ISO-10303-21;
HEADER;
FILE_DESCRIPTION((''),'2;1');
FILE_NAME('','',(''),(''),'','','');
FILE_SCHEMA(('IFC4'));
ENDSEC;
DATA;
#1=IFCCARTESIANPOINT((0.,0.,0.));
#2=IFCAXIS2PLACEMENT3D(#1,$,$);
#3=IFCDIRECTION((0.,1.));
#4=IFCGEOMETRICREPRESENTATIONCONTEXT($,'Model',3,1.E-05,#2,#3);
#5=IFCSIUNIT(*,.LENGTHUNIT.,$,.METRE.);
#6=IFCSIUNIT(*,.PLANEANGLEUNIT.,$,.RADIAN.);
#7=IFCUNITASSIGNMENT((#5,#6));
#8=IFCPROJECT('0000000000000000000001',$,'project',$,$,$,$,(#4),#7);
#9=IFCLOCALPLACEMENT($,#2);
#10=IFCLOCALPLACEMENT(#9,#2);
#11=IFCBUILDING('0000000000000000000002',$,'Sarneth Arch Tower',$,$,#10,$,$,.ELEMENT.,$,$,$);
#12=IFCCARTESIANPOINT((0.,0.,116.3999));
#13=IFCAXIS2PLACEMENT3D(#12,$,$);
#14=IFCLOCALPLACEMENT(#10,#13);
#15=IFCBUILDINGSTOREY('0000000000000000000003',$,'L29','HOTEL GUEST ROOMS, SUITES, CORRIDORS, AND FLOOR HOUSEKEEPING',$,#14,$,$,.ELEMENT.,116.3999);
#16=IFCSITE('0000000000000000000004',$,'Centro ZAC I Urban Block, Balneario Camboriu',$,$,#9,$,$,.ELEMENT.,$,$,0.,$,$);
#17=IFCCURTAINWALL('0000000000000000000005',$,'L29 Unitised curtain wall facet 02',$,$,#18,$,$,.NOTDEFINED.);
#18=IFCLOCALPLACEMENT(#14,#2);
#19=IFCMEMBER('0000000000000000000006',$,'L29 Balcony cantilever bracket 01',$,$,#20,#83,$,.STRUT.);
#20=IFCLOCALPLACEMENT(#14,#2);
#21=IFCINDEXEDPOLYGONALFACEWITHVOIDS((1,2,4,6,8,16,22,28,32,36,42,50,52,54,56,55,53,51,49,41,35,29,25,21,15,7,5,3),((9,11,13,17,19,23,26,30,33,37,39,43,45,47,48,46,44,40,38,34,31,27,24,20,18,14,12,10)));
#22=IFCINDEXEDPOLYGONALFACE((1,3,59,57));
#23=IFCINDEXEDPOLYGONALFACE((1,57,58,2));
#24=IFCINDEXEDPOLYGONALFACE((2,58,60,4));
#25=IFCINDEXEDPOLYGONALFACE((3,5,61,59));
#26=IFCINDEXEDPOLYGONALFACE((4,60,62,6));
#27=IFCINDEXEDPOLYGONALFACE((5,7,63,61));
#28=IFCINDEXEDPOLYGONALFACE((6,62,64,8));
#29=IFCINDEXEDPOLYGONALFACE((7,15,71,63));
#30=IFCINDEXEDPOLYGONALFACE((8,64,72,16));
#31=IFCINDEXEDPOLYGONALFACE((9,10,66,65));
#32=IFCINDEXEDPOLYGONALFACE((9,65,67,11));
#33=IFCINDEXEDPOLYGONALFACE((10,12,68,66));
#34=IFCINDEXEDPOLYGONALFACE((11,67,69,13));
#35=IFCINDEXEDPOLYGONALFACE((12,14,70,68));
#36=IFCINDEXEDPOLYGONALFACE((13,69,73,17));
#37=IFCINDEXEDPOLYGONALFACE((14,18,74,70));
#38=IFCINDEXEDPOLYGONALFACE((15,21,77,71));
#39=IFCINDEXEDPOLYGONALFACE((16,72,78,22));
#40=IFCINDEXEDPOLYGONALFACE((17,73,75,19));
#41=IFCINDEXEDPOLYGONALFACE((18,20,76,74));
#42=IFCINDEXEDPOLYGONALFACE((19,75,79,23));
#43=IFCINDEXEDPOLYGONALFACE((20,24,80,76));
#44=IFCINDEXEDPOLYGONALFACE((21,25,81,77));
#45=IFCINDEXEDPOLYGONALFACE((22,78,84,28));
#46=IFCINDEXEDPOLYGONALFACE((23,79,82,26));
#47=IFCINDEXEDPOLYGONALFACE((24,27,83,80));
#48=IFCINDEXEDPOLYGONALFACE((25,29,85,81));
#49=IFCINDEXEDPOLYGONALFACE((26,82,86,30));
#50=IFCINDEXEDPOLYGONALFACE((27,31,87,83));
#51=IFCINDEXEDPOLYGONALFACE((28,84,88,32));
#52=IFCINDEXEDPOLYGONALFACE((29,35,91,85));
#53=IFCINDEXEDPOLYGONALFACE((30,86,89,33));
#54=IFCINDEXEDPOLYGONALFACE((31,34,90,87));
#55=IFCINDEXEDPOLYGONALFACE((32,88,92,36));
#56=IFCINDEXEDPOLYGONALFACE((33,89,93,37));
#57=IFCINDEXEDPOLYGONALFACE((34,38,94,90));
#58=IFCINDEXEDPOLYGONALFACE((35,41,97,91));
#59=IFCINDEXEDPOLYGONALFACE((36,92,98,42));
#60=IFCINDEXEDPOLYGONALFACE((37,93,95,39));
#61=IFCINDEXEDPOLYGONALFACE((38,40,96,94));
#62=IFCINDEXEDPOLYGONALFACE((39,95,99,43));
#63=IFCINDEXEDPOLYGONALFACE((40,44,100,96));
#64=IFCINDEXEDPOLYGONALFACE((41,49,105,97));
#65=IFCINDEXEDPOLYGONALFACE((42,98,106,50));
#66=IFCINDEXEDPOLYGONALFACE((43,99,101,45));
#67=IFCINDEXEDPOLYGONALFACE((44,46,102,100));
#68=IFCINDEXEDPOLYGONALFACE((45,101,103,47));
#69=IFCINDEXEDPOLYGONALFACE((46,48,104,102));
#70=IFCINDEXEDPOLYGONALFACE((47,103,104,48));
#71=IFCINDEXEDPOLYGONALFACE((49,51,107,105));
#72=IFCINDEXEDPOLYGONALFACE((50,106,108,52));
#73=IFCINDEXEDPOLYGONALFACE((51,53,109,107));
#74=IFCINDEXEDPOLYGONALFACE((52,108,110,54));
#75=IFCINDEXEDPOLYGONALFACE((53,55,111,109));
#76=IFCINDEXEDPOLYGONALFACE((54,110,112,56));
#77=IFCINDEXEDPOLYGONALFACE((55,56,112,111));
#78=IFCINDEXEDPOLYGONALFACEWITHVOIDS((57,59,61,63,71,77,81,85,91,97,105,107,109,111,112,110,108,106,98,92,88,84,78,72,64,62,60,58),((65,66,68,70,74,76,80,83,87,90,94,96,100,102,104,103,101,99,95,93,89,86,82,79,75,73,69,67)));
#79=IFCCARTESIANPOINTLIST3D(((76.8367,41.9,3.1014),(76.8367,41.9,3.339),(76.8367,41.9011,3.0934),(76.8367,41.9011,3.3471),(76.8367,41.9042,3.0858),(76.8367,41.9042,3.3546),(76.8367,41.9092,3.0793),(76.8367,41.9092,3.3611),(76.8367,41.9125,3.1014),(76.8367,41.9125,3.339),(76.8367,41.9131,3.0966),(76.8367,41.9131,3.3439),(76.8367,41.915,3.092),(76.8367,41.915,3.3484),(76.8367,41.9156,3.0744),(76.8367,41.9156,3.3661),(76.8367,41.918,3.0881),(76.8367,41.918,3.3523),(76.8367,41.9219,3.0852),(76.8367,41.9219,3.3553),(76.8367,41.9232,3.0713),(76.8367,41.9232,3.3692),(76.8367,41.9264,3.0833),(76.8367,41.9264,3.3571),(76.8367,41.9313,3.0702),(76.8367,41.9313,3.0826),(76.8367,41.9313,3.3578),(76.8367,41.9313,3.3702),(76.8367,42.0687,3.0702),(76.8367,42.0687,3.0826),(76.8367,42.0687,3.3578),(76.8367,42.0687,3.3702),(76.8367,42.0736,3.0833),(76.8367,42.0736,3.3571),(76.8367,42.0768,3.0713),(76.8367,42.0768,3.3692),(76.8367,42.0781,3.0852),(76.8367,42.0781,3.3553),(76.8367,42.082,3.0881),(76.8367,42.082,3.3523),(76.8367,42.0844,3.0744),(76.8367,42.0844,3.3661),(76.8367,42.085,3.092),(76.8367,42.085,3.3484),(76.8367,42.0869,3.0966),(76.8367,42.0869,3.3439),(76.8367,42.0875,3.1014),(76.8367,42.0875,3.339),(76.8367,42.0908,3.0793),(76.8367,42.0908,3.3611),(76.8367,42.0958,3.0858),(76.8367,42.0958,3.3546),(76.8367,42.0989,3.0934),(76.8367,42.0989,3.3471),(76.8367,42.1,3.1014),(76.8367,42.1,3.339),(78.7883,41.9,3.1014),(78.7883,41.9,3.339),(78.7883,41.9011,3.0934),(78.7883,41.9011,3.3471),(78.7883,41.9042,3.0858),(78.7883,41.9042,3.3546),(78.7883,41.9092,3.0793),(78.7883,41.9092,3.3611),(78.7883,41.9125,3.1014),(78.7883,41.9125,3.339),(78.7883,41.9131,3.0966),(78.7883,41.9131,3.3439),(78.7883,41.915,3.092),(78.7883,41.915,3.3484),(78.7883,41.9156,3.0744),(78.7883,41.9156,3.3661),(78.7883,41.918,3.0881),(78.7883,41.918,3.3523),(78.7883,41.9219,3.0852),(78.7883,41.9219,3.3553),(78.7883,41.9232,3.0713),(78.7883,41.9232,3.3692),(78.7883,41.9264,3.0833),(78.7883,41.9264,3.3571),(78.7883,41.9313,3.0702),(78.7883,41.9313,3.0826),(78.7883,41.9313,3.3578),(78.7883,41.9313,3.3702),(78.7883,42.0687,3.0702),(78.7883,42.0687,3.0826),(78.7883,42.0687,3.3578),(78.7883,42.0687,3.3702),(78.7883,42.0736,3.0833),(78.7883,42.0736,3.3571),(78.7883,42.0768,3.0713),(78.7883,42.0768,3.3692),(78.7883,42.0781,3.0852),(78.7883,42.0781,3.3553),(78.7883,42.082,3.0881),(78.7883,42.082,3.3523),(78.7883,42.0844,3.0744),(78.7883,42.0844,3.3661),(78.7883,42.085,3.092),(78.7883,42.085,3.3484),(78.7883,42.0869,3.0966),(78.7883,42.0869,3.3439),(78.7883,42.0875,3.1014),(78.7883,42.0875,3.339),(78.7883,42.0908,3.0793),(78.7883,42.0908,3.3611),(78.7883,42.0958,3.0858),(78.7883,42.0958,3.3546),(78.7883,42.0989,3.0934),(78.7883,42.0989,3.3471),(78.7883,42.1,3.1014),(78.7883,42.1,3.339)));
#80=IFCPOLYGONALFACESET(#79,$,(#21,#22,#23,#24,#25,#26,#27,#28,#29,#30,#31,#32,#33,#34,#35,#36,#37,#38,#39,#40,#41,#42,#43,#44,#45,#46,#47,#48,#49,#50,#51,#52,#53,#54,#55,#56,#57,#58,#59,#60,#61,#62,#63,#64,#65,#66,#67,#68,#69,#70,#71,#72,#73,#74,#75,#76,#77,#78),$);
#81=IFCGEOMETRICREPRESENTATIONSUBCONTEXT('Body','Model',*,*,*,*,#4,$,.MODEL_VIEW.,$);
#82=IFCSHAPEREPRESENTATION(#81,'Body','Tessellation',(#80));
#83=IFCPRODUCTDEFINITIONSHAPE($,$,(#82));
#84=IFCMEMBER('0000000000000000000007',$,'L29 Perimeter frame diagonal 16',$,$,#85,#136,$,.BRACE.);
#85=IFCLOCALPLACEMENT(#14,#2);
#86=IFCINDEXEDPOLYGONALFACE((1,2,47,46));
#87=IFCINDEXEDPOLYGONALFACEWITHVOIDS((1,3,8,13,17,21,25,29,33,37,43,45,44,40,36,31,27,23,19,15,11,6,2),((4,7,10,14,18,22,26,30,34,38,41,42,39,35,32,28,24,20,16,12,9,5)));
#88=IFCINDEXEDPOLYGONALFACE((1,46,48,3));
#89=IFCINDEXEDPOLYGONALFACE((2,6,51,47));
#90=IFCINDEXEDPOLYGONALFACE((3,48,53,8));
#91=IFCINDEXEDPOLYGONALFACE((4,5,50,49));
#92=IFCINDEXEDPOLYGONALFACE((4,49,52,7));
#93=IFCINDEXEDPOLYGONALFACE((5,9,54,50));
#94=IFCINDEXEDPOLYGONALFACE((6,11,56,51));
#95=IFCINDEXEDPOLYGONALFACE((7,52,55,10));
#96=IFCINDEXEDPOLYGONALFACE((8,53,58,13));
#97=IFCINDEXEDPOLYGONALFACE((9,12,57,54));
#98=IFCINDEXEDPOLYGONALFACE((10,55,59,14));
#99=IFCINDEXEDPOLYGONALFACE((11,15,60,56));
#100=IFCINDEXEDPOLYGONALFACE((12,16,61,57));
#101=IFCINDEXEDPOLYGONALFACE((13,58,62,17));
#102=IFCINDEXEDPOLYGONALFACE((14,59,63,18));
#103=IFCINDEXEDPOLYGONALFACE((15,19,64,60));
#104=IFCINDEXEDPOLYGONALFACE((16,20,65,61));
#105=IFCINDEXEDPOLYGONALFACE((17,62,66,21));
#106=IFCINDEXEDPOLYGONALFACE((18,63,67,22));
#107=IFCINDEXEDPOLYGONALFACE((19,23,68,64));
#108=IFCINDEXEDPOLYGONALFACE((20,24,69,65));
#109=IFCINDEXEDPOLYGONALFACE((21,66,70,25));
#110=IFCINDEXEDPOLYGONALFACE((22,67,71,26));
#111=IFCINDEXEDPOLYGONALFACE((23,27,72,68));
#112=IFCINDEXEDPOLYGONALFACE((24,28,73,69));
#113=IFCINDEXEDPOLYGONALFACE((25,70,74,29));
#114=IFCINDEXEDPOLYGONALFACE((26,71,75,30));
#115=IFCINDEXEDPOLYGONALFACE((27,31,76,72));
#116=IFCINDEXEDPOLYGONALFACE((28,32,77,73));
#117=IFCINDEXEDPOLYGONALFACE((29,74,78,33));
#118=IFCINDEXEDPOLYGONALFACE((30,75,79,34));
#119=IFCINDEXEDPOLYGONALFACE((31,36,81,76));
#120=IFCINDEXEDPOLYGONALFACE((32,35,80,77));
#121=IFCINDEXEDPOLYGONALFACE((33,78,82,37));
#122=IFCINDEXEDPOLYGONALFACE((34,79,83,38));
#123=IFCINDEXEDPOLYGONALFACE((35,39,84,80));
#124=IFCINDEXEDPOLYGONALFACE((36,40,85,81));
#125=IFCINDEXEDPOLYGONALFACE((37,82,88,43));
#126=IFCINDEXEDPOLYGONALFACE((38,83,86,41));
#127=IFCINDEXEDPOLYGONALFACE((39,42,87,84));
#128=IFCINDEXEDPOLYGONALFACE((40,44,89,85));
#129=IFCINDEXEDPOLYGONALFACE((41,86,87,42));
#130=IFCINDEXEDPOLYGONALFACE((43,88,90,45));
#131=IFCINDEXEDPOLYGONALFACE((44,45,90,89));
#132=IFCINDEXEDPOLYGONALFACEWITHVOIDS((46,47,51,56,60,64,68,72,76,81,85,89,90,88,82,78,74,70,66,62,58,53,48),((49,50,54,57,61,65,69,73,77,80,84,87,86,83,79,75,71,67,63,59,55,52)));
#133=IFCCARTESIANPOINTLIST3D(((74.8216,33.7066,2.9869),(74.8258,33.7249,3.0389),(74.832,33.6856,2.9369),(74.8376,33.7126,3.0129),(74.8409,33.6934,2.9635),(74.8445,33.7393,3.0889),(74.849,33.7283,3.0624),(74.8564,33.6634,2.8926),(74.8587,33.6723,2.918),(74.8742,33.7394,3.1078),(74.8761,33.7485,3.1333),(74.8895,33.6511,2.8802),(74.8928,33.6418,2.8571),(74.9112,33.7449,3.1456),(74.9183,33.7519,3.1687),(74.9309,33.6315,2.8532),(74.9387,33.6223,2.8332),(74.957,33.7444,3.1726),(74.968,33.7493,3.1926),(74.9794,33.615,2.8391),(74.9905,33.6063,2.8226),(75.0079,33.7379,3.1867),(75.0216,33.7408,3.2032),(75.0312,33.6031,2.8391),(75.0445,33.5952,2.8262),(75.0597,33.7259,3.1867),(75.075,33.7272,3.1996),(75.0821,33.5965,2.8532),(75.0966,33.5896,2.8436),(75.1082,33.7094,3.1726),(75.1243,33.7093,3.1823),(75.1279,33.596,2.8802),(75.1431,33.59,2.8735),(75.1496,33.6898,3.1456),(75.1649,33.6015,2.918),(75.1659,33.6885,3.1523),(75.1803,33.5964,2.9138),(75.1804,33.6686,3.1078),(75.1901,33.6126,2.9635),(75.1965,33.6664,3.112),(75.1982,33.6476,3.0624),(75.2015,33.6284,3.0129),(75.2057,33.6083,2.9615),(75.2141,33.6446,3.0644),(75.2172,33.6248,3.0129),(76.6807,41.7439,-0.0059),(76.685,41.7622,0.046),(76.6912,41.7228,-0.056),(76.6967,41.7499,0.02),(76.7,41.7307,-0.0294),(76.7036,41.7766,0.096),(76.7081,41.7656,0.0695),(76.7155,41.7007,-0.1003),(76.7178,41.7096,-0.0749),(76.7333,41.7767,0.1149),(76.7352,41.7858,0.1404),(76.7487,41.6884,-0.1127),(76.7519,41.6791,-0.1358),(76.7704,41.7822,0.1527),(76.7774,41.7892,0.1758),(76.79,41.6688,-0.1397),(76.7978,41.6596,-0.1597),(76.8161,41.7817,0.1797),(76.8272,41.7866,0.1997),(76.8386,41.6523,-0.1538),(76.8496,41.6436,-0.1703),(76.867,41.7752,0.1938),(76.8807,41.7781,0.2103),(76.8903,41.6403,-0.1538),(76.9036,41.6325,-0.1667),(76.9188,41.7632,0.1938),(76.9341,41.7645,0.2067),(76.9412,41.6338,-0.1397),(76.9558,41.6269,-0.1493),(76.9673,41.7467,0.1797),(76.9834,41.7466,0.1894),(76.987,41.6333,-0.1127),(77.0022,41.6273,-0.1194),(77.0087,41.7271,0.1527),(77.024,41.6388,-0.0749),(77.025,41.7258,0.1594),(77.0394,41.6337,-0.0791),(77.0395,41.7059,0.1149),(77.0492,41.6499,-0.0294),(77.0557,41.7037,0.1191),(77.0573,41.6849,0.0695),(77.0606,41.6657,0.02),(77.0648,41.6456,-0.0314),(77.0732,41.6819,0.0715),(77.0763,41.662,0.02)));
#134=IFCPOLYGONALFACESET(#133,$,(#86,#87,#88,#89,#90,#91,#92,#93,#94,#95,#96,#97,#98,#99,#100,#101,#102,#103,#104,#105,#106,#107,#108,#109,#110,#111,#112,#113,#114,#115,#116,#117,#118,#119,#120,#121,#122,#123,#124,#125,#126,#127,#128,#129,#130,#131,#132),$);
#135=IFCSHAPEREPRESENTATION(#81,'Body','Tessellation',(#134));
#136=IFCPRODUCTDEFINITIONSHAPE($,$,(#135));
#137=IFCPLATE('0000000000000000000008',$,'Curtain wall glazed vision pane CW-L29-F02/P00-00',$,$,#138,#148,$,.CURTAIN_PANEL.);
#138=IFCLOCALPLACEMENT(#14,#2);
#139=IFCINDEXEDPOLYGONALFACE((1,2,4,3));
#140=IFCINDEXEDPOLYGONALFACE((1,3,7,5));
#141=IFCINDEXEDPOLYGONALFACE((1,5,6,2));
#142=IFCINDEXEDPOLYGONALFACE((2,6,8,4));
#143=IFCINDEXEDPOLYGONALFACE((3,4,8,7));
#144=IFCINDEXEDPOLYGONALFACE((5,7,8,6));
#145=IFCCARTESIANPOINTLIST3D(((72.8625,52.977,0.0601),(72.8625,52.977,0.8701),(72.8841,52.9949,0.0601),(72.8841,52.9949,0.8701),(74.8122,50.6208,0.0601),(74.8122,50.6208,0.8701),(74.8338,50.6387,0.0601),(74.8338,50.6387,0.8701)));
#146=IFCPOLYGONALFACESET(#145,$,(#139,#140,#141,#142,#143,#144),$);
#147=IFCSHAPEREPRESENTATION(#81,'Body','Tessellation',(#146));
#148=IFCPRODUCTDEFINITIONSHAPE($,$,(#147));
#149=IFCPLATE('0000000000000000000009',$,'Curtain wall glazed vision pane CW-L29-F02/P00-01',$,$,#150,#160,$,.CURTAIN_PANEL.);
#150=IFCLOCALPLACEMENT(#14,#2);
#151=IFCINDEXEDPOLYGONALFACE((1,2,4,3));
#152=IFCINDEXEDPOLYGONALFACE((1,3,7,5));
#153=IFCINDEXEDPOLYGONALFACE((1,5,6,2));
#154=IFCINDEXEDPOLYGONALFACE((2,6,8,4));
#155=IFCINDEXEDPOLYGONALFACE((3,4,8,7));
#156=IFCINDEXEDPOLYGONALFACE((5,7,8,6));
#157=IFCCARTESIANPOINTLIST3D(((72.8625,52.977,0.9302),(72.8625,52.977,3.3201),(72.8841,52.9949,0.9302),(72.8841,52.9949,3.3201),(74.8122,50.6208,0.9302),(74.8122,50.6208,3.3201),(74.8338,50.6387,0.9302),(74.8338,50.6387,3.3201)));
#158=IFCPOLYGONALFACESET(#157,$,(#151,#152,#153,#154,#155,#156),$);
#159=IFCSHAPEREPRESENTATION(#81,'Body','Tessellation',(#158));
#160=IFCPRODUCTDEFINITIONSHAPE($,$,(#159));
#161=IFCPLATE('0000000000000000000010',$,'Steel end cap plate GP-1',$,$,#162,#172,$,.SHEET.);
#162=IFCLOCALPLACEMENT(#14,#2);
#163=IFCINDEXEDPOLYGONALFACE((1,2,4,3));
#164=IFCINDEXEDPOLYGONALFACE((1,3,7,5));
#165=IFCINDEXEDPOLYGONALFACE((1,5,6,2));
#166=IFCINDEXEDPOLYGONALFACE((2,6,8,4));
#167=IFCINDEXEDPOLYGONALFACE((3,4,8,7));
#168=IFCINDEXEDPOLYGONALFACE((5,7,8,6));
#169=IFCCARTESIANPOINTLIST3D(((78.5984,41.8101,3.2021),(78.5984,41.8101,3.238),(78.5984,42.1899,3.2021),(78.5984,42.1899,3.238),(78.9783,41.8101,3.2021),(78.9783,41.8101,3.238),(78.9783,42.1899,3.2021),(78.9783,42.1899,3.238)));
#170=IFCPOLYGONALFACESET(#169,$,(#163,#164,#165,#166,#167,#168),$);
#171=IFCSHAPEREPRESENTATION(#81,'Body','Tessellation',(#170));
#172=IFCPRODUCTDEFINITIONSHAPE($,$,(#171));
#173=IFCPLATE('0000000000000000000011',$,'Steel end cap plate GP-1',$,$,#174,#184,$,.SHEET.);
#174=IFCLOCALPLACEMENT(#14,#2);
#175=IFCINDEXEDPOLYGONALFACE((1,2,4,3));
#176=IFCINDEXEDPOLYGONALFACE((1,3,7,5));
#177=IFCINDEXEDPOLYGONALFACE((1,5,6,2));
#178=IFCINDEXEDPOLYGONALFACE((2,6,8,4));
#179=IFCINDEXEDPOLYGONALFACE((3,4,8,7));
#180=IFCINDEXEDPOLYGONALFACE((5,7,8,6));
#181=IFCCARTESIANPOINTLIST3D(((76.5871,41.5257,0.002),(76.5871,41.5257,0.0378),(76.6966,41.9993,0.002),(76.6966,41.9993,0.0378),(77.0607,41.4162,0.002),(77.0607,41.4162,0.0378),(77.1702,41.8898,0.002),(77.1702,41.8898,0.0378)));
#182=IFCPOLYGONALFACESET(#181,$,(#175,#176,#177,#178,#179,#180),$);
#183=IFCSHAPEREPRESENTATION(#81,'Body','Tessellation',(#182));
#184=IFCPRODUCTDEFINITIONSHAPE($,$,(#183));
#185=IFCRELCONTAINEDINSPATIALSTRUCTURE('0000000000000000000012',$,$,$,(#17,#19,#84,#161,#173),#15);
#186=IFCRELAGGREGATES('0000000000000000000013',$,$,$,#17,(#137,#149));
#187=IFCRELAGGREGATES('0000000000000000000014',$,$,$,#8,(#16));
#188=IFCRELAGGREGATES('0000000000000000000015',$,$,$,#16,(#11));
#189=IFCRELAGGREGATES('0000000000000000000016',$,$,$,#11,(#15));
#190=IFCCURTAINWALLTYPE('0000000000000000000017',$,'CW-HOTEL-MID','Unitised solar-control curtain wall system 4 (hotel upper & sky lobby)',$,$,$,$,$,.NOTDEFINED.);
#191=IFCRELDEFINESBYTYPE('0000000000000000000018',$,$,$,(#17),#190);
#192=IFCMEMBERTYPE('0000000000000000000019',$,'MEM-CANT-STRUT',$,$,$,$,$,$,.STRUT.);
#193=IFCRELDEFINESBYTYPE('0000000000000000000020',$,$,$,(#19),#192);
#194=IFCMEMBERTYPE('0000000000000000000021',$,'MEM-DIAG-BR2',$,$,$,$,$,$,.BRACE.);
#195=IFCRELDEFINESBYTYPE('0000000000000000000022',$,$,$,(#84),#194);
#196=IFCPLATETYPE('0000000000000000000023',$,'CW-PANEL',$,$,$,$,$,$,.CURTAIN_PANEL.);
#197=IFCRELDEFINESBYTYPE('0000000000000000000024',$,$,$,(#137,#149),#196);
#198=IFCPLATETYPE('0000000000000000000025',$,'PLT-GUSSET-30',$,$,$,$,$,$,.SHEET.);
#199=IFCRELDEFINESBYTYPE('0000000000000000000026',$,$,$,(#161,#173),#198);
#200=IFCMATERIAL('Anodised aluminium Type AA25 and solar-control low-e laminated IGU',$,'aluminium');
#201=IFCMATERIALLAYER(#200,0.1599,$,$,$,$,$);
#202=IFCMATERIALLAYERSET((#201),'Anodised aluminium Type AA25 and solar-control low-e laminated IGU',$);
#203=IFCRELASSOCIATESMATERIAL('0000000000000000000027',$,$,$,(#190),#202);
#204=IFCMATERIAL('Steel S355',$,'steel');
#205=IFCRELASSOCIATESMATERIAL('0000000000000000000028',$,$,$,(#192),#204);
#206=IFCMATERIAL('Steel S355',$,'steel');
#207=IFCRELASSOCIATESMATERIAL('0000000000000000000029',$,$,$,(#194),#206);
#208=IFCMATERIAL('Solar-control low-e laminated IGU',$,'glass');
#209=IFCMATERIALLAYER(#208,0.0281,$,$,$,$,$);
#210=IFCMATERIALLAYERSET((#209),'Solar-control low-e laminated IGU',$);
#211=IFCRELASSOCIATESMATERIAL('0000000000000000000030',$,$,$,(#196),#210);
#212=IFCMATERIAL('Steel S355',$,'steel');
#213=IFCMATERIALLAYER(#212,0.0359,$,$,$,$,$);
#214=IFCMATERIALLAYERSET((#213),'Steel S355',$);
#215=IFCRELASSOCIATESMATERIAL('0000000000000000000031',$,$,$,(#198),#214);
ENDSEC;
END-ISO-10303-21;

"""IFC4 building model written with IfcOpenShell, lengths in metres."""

from ifc_helpers import new_model, si_unit, direction, frame, origin, origin_2d, place, context, subcontext, project, spatial, rectangle, hollow_rectangle, hollow_circle, extrude, material, layer, layer_set, material_profile, profile_set, type_object, element, aggregate, save


model = new_model("IFC4")

# Units and contexts
model_context = context("Model", 3, precision=1e-05, world=origin(), true_north=direction((0.0, 1.0)))
body_context = subcontext(model_context, "Body", "Model", "MODEL_VIEW")
ifc_project = project(units=[si_unit("LENGTHUNIT", "METRE"), si_unit("PLANEANGLEUNIT", "RADIAN")], contexts=[model_context])

# Site, building, storey
site_placement = place(None, origin())
site = spatial("IfcSite", under=ifc_project, at=site_placement, Name="Centro ZAC I Urban Block, Balneario Camboriu", CompositionType="ELEMENT", RefElevation=0.0)
building_placement = place(site_placement, origin())
building = spatial("IfcBuilding", under=site, at=building_placement, Name="Sarneth Arch Tower", CompositionType="ELEMENT")
storey_placement = place(building_placement, frame((0.0, 0.0, 116.3999)))
storey = spatial("IfcBuildingStorey", under=building, at=storey_placement, Name="L29", Description="HOTEL GUEST ROOMS, SUITES, CORRIDORS, AND FLOOR HOUSEKEEPING", CompositionType="ELEMENT", Elevation=116.3999)

# Curtain wall
ifc_material_1 = material(Name="Anodised aluminium Type AA25 and solar-control low-e laminated IGU", Category="aluminium")
ifc_layer_1 = layer(ifc_material_1, 0.1599)
ifc_layer_set_1 = layer_set([ifc_layer_1], Name="Anodised aluminium Type AA25 and solar-control low-e laminated IGU")
curtain_wall_type = type_object("IfcCurtainWallType", Name="CW-HOTEL-MID", Description="Unitised solar-control curtain wall system 4 (hotel upper & sky lobby)", PredefinedType="NOTDEFINED", material=ifc_layer_set_1)
curtain_wall_placement = place(storey_placement, origin())
curtain_wall = element("IfcCurtainWall", 1, at=curtain_wall_placement, inside=storey, type_object=curtain_wall_type, Name="L29 Unitised curtain wall facet 02", PredefinedType="NOTDEFINED")

# Members
ifc_material_2 = material(Name="Steel S355", Category="steel")
ifc_material_profile_1 = material_profile(ifc_material_2, hollow_rectangle(XDim=0.2, YDim=0.3, WallThickness=0.0125, InnerFilletRadius=0.0188, OuterFilletRadius=0.0312, at=origin_2d()), Name="RHS300x200x12.5")
ifc_profile_set_1 = profile_set([ifc_material_profile_1], Name="Steel S355")
member_type_1 = type_object("IfcMemberType", Name="MEM-CANT-STRUT", PredefinedType="STRUT", material=ifc_profile_set_1)
member_1_placement = place(storey_placement, frame((76.8367, 42.0, 3.2202), z_axis=(1.0, 0.0, 0.0), x_axis=(0.0, 1.0, 0.0)))
element("IfcMember", 2, at=member_1_placement, inside=storey, type_object=member_type_1, Name="L29 Balcony cantilever bracket 01", PredefinedType="STRUT", context=body_context, shape_type="SweptSolid", body=[
    extrude(hollow_rectangle(XDim=0.2, YDim=0.3, WallThickness=0.0125, InnerFilletRadius=0.0188, OuterFilletRadius=0.0312, at=origin_2d()), origin(), (0.0, 0.0, 1.0), 1.9517),
])
ifc_material_3 = material(Name="Steel S355", Category="steel")
ifc_material_profile_2 = material_profile(ifc_material_3, hollow_circle(Radius=0.2029, WallThickness=0.0161, at=origin_2d()), Name="CHS406x16")
ifc_profile_set_2 = profile_set([ifc_material_profile_2], Name="Steel S355")
member_type_2 = type_object("IfcMemberType", Name="MEM-DIAG-BR2", PredefinedType="BRACE", material=ifc_profile_set_2)
member_2_placement = place(storey_placement, frame((76.8787, 41.7078, 0.02), z_axis=(-0.21185, -0.915864, 0.341046), x_axis=(0.974275, -0.225361, 0.0)))
element("IfcMember", 3, at=member_2_placement, inside=storey, type_object=member_type_2, Name="L29 Perimeter frame diagonal 16", PredefinedType="BRACE", context=body_context, shape_type="SweptSolid", body=[
    extrude(hollow_circle(Radius=0.2029, WallThickness=0.0161, at=origin_2d()), origin(), (0.0, 0.0, 1.0), 8.7756),
])

# Plates
ifc_material_4 = material(Name="Solar-control low-e laminated IGU", Category="glass")
ifc_layer_2 = layer(ifc_material_4, 0.0281)
ifc_layer_set_2 = layer_set([ifc_layer_2], Name="Solar-control low-e laminated IGU")
plate_type_1 = type_object("IfcPlateType", Name="CW-PANEL", PredefinedType="CURTAIN_PANEL", material=ifc_layer_set_2)
plate_1_placement = place(storey_placement, frame((73.8481, 51.8079, 0.0601), z_axis=(0.0, 0.0, 1.0), x_axis=(-0.637515, 0.770438, 0.0)))
plate_1 = element("IfcPlate", 4, at=plate_1_placement, type_object=plate_type_1, Name="Curtain wall glazed vision pane CW-L29-F02/P00-00", PredefinedType="CURTAIN_PANEL", context=body_context, shape_type="SweptSolid", body=[
    extrude(rectangle(XDim=3.0583, YDim=0.0281, at=origin_2d()), origin(), (0.0, 0.0, 1.0), 0.8101),
])
plate_2_placement = place(storey_placement, frame((73.8481, 51.8079, 0.9302), z_axis=(0.0, 0.0, 1.0), x_axis=(-0.637515, 0.770438, 0.0)))
plate_2 = element("IfcPlate", 5, at=plate_2_placement, type_object=plate_type_1, Name="Curtain wall glazed vision pane CW-L29-F02/P00-01", PredefinedType="CURTAIN_PANEL", context=body_context, shape_type="SweptSolid", body=[
    extrude(rectangle(XDim=3.0583, YDim=0.0281, at=origin_2d()), origin(), (0.0, 0.0, 1.0), 2.3899),
])
aggregate(curtain_wall, [plate_1, plate_2])

# Plates
ifc_material_5 = material(Name="Steel S355", Category="steel")
ifc_layer_3 = layer(ifc_material_5, 0.0359)
ifc_layer_set_3 = layer_set([ifc_layer_3], Name="Steel S355")
plate_type_2 = type_object("IfcPlateType", Name="PLT-GUSSET-30", PredefinedType="SHEET", material=ifc_layer_set_3)
plate_3_placement = place(storey_placement, frame((78.7883, 42.0, 3.2021), z_axis=(0.0, 0.0, 1.0), x_axis=(1.0, 0.0, 0.0)))
element("IfcPlate", 6, at=plate_3_placement, inside=storey, type_object=plate_type_2, Name="Steel end cap plate GP-1", PredefinedType="SHEET", context=body_context, shape_type="SweptSolid", body=[
    extrude(rectangle(XDim=0.3799, YDim=0.3799, at=origin_2d()), origin(), (0.0, 0.0, 1.0), 0.0359),
])
plate_4_placement = place(storey_placement, frame((76.8787, 41.7078, 0.002), z_axis=(0.0, 0.0, 1.0), x_axis=(0.225291, 0.974291, 0.0)))
element("IfcPlate", 7, at=plate_4_placement, inside=storey, type_object=plate_type_2, Name="Steel end cap plate GP-1", PredefinedType="SHEET", context=body_context, shape_type="SweptSolid", body=[
    extrude(rectangle(XDim=0.4861, YDim=0.4861, at=origin_2d()), origin(), (0.0, 0.0, 1.0), 0.0359),
])

save(model, "model.ifc")
